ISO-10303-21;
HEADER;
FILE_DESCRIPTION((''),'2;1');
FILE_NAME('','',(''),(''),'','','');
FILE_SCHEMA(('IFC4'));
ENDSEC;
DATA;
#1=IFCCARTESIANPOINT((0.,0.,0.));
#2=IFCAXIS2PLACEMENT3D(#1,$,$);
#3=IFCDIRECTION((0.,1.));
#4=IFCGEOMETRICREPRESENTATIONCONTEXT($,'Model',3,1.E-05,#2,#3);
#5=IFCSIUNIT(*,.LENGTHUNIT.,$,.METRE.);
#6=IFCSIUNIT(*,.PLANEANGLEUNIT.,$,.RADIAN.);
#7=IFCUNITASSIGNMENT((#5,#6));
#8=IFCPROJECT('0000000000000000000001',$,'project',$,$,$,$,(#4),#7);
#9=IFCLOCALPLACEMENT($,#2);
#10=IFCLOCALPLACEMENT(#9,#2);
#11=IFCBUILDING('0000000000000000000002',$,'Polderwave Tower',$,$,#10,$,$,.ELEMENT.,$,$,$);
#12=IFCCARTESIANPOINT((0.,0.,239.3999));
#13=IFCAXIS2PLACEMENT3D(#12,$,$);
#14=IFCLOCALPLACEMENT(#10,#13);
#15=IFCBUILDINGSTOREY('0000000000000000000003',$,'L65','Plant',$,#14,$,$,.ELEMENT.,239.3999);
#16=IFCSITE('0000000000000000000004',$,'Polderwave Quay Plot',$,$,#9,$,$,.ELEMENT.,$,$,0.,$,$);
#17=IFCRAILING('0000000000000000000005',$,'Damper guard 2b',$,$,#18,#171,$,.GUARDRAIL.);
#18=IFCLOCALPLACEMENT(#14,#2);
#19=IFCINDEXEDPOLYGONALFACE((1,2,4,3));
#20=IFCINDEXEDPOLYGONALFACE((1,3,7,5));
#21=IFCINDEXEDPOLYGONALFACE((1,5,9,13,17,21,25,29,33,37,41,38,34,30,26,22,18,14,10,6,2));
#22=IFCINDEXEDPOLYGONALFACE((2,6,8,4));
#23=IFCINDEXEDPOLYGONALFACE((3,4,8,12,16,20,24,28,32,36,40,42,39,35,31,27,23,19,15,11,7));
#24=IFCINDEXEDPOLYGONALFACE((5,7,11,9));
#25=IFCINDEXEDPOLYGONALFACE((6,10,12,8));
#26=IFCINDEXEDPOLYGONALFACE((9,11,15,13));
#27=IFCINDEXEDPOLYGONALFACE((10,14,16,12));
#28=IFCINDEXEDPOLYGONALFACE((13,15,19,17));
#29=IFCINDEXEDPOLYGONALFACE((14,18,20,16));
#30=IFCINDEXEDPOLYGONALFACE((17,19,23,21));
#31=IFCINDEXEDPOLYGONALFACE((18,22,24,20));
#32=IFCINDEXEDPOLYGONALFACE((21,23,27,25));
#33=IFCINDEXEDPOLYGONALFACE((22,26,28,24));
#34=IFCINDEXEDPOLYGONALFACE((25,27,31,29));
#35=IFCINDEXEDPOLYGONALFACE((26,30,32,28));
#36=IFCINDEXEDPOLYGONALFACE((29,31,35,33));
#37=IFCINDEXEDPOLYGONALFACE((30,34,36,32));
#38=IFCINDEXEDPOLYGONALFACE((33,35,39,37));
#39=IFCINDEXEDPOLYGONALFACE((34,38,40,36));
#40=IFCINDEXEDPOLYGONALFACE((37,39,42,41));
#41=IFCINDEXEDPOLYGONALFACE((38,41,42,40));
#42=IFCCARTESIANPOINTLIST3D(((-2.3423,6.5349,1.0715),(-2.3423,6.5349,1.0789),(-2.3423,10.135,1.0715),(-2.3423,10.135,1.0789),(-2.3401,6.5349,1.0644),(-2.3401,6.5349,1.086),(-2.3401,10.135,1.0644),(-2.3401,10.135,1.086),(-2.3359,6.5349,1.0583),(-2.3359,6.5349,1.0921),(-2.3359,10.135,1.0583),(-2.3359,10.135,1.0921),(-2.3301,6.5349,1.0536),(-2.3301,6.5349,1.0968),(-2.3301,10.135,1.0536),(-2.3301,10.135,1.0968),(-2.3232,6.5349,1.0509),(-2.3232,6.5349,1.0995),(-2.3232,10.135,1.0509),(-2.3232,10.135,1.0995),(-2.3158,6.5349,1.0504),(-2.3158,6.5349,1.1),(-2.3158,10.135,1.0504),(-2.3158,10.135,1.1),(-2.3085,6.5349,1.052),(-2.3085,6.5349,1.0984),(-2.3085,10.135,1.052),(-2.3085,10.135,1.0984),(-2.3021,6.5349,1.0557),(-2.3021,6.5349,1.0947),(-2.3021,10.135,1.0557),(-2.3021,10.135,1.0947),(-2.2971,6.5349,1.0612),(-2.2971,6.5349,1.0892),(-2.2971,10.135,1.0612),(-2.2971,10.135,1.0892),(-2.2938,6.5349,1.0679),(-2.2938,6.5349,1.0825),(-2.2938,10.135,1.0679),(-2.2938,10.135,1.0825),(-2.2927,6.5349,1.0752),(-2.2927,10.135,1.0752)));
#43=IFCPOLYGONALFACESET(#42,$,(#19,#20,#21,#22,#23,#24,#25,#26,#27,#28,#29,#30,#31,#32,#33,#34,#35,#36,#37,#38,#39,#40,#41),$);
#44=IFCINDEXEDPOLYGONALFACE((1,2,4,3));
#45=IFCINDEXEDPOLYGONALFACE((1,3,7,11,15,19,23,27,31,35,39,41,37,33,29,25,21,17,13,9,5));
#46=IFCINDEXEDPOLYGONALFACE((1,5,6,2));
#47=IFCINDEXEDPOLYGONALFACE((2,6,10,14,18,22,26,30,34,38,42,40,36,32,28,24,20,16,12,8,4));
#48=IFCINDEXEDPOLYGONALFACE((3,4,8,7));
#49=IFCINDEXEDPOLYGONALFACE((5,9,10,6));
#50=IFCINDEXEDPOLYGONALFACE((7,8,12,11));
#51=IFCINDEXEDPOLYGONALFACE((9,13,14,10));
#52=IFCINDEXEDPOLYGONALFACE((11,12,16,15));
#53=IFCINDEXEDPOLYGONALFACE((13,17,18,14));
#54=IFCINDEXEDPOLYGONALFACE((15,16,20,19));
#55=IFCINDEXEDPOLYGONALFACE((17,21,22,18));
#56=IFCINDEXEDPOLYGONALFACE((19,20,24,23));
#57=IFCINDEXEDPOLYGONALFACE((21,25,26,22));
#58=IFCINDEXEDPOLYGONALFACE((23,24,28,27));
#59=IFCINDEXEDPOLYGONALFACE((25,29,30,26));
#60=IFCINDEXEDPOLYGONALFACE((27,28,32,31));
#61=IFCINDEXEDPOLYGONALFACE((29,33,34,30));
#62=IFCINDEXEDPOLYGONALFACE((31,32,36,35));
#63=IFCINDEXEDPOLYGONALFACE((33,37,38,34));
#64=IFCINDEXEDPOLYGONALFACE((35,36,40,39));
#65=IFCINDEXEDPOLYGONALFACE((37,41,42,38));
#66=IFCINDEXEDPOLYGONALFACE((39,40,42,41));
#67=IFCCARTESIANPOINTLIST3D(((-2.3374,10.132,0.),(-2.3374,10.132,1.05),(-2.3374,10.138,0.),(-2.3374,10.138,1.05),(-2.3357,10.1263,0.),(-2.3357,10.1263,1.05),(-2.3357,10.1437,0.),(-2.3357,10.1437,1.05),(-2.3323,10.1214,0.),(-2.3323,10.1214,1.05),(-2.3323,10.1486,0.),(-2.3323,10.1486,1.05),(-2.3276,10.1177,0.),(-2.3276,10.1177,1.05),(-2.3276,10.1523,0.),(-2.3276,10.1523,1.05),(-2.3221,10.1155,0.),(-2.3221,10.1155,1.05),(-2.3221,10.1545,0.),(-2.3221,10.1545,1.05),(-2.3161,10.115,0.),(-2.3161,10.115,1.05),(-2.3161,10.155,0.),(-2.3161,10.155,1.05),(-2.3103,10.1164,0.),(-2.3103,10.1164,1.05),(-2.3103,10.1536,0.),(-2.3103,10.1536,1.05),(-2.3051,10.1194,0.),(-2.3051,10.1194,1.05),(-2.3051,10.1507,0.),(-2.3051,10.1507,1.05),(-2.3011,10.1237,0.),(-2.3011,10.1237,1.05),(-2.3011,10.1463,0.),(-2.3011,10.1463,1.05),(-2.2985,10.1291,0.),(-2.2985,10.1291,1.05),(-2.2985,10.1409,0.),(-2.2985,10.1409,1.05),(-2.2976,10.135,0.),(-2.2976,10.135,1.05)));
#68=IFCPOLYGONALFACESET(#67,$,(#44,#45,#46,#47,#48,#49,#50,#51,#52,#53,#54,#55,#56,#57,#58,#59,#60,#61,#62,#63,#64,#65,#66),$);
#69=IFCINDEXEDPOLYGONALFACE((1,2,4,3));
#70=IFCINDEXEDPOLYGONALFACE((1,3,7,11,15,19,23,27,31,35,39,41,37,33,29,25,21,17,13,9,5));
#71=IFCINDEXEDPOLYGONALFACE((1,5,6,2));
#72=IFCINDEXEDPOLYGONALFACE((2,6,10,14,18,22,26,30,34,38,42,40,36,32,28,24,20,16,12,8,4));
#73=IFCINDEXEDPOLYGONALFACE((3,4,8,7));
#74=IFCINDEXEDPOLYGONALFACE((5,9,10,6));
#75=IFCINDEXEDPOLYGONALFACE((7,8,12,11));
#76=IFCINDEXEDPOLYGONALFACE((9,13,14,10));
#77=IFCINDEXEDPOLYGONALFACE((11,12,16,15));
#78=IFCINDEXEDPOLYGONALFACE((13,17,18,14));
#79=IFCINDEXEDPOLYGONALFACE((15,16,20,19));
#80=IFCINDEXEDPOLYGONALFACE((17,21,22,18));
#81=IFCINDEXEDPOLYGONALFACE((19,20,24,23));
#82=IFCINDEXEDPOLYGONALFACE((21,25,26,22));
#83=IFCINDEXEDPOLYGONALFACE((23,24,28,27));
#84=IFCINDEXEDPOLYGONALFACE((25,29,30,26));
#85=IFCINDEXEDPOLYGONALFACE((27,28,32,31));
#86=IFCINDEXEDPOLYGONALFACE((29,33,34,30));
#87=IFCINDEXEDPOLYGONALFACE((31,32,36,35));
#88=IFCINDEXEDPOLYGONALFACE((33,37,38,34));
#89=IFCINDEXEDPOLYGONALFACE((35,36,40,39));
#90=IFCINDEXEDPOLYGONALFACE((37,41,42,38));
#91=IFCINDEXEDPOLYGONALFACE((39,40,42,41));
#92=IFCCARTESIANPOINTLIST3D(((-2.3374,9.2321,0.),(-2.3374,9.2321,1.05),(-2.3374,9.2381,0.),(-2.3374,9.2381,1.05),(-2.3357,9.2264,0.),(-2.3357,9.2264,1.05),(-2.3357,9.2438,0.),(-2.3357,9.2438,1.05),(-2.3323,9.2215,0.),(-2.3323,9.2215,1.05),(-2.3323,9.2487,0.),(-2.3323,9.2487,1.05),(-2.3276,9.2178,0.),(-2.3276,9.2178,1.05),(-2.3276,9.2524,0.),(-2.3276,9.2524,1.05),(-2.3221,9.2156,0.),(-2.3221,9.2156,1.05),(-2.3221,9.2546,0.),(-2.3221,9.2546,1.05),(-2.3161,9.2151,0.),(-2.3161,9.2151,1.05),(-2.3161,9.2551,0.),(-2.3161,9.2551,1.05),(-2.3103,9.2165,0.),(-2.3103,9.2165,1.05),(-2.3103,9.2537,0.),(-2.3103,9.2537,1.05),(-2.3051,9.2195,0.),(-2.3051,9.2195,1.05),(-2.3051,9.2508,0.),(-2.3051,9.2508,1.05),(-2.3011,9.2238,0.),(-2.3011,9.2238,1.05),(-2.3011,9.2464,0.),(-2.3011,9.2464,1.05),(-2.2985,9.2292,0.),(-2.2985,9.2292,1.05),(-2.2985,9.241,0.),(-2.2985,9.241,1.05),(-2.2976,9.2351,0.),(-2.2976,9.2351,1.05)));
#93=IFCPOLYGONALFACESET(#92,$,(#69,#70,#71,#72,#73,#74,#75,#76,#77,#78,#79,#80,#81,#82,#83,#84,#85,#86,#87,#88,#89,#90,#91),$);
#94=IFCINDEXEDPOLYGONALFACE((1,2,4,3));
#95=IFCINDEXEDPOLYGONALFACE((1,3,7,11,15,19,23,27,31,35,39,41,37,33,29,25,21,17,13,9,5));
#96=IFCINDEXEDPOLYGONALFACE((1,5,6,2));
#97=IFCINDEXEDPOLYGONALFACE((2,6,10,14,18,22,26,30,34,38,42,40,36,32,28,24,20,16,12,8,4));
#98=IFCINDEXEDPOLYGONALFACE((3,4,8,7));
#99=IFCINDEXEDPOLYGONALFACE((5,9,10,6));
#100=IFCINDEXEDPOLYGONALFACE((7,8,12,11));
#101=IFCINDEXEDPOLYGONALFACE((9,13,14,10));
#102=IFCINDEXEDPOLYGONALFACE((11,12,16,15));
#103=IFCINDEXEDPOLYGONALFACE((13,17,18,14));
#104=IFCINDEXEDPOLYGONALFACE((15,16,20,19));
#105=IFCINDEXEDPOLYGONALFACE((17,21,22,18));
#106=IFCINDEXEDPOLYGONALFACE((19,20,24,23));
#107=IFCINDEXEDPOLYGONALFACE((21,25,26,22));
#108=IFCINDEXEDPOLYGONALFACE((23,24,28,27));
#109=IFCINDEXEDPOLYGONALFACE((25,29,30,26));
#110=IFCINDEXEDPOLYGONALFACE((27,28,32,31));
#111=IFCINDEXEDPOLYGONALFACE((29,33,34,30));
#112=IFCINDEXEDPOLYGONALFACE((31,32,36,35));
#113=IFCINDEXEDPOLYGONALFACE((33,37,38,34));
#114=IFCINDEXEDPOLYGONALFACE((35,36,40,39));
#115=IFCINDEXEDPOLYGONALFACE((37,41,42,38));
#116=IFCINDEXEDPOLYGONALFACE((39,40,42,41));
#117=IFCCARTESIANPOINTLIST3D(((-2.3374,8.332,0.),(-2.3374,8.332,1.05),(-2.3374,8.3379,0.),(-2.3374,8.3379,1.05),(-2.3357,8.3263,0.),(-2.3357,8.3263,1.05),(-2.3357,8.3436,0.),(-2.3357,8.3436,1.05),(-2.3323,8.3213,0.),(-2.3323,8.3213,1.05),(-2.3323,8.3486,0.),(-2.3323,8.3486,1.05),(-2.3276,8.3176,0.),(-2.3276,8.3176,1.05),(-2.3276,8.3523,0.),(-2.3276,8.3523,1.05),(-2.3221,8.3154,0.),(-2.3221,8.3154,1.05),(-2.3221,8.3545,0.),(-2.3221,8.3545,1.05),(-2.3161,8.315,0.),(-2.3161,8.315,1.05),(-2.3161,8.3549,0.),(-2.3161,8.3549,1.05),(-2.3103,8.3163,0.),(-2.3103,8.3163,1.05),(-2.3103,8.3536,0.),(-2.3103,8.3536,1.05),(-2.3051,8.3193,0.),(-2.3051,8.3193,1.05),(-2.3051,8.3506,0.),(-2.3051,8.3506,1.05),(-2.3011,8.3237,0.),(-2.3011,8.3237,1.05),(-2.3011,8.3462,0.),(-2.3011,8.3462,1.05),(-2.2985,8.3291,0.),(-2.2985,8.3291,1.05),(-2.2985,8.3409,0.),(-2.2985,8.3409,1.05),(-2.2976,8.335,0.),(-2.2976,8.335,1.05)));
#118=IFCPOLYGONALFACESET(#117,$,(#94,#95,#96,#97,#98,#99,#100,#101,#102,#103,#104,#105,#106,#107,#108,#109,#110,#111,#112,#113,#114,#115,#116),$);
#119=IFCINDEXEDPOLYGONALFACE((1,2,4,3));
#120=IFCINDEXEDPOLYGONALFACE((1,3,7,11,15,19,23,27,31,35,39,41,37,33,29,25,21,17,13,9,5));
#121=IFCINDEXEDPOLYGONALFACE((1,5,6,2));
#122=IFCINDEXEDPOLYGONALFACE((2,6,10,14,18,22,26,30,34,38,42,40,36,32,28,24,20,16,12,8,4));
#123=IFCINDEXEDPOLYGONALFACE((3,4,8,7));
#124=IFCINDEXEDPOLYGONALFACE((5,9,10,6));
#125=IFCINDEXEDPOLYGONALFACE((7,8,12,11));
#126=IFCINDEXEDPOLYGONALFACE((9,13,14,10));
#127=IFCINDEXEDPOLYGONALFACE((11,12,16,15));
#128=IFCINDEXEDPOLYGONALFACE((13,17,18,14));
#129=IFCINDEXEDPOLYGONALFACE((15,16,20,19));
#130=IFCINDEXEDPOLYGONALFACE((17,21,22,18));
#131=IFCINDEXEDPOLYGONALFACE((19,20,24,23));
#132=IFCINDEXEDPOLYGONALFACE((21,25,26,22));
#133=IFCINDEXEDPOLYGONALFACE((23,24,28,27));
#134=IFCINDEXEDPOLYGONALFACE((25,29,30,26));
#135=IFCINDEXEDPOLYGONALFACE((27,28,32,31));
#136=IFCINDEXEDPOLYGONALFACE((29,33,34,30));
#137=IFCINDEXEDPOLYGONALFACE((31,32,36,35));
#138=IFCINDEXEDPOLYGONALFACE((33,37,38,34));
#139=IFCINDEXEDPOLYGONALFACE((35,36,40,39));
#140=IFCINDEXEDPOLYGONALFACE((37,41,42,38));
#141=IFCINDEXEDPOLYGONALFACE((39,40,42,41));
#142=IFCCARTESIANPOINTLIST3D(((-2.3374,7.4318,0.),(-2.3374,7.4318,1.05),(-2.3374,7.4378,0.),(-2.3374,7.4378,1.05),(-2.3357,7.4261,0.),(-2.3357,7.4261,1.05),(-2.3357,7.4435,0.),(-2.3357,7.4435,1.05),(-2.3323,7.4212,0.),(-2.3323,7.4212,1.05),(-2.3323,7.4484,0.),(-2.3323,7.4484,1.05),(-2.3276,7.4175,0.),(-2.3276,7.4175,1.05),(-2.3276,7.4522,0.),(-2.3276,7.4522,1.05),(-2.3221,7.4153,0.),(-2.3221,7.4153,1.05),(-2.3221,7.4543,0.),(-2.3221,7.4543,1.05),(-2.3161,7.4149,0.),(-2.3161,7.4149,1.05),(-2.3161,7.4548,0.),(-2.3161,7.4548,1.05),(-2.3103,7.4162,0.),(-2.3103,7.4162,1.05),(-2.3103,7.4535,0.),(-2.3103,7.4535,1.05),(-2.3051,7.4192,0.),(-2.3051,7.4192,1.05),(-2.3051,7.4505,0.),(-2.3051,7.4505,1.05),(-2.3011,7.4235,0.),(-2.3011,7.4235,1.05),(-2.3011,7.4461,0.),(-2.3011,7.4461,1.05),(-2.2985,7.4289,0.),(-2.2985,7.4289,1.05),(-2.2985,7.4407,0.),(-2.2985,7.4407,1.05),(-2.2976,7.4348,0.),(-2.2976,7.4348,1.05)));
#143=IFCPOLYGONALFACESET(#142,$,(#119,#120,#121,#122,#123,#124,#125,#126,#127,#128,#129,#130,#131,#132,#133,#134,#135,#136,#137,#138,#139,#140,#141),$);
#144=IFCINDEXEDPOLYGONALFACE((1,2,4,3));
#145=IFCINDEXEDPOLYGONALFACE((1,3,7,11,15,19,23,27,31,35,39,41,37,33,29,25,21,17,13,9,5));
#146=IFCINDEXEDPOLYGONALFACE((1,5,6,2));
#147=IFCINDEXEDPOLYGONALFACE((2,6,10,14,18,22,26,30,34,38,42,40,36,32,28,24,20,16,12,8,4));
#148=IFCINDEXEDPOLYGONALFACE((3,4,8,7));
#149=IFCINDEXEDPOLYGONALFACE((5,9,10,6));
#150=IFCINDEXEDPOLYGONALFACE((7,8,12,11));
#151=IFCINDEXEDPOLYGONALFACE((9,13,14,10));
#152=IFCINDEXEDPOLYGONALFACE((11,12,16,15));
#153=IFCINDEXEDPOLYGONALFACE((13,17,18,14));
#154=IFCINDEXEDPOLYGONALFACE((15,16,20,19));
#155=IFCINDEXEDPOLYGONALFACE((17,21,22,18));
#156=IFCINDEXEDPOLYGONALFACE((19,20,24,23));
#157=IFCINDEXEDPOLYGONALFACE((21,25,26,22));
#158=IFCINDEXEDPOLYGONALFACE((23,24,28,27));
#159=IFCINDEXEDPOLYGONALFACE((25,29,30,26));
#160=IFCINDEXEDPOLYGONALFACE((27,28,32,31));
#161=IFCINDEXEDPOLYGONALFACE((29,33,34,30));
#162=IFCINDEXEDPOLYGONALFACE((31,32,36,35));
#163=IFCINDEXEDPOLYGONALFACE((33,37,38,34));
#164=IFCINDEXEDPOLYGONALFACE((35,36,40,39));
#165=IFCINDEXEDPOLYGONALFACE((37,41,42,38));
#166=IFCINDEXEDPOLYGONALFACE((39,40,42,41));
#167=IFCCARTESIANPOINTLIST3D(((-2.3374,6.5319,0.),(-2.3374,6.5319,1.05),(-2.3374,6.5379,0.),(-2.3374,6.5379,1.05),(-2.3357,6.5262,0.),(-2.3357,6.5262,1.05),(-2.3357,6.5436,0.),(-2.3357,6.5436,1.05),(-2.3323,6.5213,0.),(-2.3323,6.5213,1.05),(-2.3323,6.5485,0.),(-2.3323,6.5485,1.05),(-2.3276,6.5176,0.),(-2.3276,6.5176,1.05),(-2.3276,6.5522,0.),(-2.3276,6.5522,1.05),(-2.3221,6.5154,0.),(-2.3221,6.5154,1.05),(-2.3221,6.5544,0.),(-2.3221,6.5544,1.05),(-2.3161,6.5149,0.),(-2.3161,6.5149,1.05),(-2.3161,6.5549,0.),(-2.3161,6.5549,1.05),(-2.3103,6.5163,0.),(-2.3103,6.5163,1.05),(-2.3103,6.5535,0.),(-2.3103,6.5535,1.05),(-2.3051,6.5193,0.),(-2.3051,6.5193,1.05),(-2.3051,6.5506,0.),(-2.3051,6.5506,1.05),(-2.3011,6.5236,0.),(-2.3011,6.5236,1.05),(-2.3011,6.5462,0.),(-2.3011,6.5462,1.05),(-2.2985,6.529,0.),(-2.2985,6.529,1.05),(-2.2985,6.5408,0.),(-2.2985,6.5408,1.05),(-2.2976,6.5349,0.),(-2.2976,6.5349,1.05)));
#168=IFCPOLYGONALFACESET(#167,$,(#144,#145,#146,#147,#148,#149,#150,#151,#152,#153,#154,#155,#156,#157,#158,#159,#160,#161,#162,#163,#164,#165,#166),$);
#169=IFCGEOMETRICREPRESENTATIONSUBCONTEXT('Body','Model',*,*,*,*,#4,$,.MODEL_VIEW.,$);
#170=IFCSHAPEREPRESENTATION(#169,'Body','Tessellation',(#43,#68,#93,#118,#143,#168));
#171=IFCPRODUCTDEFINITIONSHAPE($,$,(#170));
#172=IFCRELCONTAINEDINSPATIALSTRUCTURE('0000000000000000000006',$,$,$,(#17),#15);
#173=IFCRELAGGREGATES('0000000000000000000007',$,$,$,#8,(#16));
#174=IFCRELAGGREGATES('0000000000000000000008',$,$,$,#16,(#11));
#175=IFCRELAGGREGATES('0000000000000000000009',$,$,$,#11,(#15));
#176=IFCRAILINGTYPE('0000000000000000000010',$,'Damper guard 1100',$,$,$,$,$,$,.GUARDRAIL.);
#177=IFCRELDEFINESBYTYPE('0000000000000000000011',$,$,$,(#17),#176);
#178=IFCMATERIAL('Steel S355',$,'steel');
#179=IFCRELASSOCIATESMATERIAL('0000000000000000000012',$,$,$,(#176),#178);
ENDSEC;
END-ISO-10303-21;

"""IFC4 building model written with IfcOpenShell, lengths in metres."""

from ifc_helpers import new_model, si_unit, direction, frame, origin, origin_2d, place, context, subcontext, project, spatial, circle, extrude, material, type_object, element, save


model = new_model("IFC4")

# Units and contexts
model_context = context("Model", 3, precision=1e-05, world=origin(), true_north=direction((0.0, 1.0)))
body_context = subcontext(model_context, "Body", "Model", "MODEL_VIEW")
ifc_project = project(units=[si_unit("LENGTHUNIT", "METRE"), si_unit("PLANEANGLEUNIT", "RADIAN")], contexts=[model_context])

# Site, building, storey
site_placement = place(None, origin())
site = spatial("IfcSite", under=ifc_project, at=site_placement, Name="Polderwave Quay Plot", CompositionType="ELEMENT", RefElevation=0.0)
building_placement = place(site_placement, origin())
building = spatial("IfcBuilding", under=site, at=building_placement, Name="Polderwave Tower", CompositionType="ELEMENT")
storey_placement = place(building_placement, frame((0.0, 0.0, 239.3999)))
storey = spatial("IfcBuildingStorey", under=building, at=storey_placement, Name="L65", Description="Plant", CompositionType="ELEMENT", Elevation=239.3999)

# Railing
ifc_material_1 = material(Name="Steel S355", Category="steel")
railing_type = type_object("IfcRailingType", Name="Damper guard 1100", PredefinedType="GUARDRAIL", material=ifc_material_1)
railing_placement = place(storey_placement, frame((-2.3176, 10.135, 0.0)))
element("IfcRailing", 1, at=railing_placement, inside=storey, type_object=railing_type, Name="Damper guard 2b", PredefinedType="GUARDRAIL", context=body_context, shape_type="SweptSolid", body=[
    extrude(circle(Radius=0.0249, at=origin_2d()), frame((0.0, 0.0, 1.0752), z_axis=(0.0, -1.0, 0.0), x_axis=(1.0, 0.0, 0.0)), (0.0, 0.0, 1.0), 3.6001),
    extrude(circle(Radius=0.02, at=origin_2d()), origin(), (0.0, 0.0, 1.0), 1.05),
    extrude(circle(Radius=0.02, at=origin_2d()), frame((0.0, -0.8999, 0.0)), (0.0, 0.0, 1.0), 1.05),
    extrude(circle(Radius=0.02, at=origin_2d()), frame((0.0, -1.8, 0.0)), (0.0, 0.0, 1.0), 1.05),
    extrude(circle(Radius=0.02, at=origin_2d()), frame((0.0, -2.7002, 0.0)), (0.0, 0.0, 1.0), 1.05),
    extrude(circle(Radius=0.02, at=origin_2d()), frame((0.0, -3.6001, 0.0)), (0.0, 0.0, 1.0), 1.05),
])

save(model, "model.ifc")
